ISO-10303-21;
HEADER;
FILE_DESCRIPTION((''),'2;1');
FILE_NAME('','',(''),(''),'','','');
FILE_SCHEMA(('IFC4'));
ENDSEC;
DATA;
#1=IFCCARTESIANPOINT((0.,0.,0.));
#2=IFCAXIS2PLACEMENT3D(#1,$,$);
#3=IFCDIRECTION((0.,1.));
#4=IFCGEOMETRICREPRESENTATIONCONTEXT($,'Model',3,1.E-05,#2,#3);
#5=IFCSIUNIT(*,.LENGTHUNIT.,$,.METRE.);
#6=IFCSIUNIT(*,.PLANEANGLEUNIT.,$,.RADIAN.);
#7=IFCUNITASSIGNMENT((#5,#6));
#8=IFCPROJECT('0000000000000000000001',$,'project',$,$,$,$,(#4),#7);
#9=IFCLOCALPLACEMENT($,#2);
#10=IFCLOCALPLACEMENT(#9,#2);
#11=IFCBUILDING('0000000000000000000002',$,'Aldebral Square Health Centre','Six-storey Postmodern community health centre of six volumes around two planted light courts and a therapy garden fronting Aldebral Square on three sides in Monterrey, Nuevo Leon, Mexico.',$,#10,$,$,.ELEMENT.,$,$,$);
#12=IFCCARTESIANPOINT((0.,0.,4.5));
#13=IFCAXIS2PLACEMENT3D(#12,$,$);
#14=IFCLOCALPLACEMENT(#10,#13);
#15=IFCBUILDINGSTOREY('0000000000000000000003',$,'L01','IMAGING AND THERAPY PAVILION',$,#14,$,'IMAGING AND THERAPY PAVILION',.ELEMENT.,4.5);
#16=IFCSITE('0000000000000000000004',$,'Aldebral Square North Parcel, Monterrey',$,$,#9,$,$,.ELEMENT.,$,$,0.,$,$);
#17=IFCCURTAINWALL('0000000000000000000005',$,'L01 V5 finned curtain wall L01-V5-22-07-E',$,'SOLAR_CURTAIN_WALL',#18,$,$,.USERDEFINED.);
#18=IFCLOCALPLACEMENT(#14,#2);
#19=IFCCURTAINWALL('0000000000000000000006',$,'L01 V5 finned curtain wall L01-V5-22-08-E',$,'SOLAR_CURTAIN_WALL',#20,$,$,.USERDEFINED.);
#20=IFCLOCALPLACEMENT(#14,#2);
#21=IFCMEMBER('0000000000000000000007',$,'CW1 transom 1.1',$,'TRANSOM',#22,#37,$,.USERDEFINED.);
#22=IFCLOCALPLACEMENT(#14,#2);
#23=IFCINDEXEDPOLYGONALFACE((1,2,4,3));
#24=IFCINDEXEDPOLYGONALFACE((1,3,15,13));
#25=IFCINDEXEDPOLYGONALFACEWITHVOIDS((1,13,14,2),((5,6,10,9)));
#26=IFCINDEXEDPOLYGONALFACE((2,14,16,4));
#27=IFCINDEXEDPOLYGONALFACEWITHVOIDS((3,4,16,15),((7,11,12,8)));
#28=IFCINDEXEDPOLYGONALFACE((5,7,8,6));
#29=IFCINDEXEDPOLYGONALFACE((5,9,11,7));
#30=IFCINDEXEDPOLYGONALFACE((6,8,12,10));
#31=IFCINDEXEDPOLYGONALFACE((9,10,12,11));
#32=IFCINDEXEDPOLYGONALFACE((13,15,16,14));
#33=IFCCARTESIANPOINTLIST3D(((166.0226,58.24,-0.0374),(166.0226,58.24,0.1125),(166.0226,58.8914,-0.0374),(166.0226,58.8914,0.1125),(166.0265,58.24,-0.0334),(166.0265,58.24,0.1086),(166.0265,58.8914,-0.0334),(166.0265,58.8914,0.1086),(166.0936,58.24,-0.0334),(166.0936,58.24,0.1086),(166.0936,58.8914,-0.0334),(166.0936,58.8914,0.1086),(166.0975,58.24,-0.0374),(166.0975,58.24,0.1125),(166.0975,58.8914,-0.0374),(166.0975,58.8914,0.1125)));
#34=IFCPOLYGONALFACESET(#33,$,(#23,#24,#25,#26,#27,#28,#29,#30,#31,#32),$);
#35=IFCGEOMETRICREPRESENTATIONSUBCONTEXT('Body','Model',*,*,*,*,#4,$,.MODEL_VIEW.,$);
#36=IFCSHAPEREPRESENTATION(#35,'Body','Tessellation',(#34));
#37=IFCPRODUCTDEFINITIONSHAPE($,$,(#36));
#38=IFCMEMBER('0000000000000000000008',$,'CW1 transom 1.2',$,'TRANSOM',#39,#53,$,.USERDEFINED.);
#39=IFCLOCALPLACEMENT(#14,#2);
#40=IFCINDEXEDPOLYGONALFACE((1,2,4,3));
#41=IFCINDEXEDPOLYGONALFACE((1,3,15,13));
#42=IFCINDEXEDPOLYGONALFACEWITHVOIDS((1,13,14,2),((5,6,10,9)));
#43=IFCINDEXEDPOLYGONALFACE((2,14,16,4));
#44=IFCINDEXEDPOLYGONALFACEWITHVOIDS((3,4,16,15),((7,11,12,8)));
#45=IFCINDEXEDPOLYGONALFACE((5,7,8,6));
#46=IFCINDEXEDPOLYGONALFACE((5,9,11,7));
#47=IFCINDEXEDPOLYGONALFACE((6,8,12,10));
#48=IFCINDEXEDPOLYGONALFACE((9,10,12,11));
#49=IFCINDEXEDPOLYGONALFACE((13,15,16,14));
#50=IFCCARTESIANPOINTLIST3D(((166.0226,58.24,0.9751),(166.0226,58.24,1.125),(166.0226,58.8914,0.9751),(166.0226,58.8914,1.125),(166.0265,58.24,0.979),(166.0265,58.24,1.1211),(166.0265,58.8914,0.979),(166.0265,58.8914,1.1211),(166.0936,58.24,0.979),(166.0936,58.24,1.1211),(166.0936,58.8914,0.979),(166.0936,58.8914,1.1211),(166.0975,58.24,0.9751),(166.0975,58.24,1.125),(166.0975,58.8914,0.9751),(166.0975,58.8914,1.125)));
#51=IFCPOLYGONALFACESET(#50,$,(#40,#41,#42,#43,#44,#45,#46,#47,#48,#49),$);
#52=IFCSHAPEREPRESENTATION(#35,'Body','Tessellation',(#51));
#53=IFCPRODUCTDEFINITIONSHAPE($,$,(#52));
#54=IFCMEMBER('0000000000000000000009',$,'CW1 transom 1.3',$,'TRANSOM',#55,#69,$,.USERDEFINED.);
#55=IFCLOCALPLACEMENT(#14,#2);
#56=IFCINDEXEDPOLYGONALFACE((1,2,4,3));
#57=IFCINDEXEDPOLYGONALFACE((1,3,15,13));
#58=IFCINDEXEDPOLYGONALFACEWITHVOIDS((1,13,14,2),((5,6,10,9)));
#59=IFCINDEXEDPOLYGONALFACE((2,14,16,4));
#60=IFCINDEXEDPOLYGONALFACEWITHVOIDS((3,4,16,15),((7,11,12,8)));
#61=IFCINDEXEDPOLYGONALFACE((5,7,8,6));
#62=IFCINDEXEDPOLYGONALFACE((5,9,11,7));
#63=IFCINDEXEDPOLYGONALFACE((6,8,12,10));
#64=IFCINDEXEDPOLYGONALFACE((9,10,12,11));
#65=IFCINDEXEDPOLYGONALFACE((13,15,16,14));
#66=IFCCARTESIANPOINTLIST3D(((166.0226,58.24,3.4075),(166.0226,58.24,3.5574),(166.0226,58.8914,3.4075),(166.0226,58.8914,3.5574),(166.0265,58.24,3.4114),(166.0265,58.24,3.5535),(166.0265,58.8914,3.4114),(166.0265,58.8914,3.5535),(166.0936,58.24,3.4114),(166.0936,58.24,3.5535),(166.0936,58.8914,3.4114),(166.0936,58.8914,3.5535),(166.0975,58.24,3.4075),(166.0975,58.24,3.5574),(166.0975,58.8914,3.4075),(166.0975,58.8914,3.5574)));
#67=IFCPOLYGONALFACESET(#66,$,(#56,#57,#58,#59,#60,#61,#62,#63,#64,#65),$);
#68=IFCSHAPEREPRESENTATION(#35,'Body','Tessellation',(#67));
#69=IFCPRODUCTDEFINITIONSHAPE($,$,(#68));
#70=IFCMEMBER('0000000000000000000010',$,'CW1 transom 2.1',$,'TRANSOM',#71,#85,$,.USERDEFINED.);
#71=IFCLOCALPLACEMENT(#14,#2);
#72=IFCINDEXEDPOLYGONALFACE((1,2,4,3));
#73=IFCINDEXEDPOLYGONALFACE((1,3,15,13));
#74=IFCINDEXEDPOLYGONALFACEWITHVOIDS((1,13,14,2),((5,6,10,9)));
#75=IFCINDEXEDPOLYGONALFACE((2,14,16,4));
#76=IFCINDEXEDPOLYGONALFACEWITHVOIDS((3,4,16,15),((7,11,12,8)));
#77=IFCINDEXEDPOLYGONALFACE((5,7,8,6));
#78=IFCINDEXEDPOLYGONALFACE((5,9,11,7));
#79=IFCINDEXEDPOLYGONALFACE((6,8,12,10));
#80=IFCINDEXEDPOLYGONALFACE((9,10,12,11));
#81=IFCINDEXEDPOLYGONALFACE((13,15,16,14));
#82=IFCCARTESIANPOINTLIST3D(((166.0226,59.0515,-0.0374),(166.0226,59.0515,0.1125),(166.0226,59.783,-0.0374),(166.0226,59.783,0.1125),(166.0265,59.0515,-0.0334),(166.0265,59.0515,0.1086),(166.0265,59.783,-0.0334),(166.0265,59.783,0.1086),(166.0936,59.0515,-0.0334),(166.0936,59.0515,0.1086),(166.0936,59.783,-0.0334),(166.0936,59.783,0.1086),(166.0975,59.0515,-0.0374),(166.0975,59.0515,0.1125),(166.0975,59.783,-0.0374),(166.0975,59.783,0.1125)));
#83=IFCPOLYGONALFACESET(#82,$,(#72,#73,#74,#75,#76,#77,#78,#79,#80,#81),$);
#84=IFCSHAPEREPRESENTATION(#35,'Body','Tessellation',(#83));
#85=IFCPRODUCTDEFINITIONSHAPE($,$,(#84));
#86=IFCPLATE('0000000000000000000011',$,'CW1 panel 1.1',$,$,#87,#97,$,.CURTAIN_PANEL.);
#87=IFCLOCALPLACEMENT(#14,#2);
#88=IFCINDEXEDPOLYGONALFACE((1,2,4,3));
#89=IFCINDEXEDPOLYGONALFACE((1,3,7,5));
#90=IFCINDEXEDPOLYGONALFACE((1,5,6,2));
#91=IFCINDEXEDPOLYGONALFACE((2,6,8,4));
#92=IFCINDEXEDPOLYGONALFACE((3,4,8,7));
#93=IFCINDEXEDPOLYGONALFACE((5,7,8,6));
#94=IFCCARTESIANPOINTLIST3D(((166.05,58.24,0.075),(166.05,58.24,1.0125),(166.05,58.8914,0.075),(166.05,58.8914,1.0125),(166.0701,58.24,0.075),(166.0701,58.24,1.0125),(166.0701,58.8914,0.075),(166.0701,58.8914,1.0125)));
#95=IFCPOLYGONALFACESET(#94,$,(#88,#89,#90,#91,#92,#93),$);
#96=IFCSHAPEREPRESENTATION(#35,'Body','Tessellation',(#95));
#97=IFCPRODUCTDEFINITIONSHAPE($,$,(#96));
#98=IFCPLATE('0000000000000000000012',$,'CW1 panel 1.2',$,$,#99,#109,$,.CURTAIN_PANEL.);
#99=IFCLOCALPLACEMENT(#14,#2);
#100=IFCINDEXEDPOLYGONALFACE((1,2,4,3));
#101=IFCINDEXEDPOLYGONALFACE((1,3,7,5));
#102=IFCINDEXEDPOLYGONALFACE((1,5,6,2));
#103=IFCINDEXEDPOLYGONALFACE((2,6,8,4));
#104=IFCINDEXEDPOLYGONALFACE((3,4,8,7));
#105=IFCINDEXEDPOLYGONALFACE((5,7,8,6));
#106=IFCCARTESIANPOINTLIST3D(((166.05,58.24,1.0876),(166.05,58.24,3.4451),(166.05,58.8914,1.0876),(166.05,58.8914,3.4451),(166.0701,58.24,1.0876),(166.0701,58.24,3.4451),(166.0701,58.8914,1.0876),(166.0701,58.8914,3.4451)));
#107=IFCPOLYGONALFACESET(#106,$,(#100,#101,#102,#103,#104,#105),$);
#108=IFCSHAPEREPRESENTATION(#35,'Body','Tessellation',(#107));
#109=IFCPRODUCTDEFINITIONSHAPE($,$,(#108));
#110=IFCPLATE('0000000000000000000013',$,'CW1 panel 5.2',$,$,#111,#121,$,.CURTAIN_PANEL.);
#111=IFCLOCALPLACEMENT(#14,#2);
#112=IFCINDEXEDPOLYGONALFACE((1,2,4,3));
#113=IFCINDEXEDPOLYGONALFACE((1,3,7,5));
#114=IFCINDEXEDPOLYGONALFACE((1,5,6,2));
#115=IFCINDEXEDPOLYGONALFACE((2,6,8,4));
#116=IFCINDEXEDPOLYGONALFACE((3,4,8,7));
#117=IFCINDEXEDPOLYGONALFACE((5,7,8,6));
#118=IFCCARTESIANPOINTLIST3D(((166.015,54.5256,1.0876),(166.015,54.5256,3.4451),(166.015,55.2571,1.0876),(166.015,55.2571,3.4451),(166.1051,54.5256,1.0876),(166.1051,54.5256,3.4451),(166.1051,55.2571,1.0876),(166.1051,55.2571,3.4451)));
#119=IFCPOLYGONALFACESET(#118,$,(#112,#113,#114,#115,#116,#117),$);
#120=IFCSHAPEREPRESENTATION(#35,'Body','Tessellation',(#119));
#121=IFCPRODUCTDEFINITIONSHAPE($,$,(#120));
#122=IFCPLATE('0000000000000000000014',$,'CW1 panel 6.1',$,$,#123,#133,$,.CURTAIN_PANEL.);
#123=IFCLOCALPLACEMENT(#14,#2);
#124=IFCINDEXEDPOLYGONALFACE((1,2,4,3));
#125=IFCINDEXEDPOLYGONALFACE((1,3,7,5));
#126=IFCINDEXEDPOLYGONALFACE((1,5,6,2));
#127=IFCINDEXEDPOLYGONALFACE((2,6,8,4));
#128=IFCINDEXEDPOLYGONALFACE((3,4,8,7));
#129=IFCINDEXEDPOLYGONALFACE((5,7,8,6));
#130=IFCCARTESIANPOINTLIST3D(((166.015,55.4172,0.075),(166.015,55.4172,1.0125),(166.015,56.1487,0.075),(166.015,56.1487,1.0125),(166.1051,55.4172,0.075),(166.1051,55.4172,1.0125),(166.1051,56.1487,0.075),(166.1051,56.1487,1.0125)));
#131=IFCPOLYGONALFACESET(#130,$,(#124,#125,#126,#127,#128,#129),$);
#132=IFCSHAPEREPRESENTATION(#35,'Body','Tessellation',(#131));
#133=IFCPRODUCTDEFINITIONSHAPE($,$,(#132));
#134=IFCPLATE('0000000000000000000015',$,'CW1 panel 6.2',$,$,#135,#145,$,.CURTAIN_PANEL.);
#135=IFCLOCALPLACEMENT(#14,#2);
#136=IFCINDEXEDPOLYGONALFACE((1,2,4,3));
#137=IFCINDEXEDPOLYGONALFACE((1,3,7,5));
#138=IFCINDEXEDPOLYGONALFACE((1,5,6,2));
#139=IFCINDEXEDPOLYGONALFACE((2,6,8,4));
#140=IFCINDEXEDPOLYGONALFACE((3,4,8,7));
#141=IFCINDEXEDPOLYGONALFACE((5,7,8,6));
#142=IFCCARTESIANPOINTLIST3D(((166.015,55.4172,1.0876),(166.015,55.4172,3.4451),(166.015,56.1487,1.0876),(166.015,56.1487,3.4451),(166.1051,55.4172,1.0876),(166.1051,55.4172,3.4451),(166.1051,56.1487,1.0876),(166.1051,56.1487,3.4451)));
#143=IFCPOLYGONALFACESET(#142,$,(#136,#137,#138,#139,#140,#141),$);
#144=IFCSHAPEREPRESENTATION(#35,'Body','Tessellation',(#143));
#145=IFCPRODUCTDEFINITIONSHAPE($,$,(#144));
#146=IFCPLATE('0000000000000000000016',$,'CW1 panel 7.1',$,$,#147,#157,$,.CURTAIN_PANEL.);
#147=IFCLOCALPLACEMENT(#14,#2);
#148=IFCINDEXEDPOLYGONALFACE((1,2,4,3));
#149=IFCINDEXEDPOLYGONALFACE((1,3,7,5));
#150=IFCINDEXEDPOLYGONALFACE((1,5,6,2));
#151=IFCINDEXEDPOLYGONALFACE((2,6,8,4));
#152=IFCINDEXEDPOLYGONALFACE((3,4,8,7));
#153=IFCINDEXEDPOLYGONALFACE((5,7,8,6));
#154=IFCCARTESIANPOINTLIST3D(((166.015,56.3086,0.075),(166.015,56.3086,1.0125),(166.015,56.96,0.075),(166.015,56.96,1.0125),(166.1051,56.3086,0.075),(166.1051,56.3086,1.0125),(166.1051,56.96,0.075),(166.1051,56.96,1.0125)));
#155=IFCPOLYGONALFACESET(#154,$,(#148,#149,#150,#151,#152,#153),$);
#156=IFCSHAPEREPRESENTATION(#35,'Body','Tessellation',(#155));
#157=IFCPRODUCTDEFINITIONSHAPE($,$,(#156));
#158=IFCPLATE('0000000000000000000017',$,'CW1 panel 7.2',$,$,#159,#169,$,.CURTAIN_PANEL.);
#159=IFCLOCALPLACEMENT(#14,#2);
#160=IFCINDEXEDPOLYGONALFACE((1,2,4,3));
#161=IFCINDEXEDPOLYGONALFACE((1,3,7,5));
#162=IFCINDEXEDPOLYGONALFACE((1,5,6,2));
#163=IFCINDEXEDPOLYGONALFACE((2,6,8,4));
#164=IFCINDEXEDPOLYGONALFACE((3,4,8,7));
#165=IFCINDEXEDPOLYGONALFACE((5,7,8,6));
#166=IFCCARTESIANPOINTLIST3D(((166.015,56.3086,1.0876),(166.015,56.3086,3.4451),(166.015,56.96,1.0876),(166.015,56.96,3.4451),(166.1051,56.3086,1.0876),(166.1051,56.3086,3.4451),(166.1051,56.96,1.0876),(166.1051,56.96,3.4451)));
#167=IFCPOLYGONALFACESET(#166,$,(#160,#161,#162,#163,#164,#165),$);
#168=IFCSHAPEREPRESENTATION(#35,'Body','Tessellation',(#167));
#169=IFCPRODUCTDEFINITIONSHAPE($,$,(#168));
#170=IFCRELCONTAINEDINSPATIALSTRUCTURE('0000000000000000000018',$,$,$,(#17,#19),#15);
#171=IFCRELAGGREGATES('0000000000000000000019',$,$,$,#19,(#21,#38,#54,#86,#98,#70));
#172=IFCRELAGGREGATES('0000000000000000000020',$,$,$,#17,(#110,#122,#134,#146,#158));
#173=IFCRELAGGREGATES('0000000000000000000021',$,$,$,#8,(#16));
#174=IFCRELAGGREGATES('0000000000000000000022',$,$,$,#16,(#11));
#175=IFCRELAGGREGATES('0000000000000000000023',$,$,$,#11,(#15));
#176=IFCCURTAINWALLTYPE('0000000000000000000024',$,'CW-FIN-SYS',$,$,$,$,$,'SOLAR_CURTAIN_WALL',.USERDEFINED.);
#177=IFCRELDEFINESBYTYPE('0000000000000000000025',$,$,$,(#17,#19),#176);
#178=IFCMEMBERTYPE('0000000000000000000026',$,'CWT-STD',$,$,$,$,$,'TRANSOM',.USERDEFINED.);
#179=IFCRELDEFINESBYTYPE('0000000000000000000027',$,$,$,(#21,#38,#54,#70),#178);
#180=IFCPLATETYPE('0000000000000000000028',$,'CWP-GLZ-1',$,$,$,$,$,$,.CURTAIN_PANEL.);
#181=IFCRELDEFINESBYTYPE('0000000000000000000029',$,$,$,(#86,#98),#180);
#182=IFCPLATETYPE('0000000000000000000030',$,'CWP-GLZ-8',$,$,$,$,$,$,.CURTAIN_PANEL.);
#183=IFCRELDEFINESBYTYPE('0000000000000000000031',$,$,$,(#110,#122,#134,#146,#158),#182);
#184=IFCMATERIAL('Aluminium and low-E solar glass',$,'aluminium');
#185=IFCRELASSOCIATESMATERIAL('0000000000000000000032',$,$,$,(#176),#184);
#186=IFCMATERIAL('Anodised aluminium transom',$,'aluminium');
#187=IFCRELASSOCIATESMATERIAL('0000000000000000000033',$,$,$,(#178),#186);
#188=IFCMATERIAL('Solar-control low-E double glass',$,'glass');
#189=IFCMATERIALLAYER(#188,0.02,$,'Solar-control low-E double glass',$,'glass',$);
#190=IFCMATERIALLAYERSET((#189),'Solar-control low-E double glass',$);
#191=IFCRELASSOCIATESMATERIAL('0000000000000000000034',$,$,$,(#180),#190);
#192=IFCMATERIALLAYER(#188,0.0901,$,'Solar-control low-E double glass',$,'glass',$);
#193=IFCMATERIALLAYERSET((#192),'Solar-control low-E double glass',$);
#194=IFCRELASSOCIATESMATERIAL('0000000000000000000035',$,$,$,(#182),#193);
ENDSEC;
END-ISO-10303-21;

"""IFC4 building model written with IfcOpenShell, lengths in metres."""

from ifc_helpers import new_model, si_unit, direction, frame, origin, origin_2d, place, context, subcontext, project, spatial, rectangle, hollow_rectangle, extrude, material, layer, layer_set, material_profile, profile_set, type_object, element, aggregate, save


model = new_model("IFC4")

# Units and contexts
model_context = context("Model", 3, precision=1e-05, world=origin(), true_north=direction((0.0, 1.0)))
body_context = subcontext(model_context, "Body", "Model", "MODEL_VIEW")
ifc_project = project(units=[si_unit("LENGTHUNIT", "METRE"), si_unit("PLANEANGLEUNIT", "RADIAN")], contexts=[model_context])

# Site, building, storey
site_placement = place(None, origin())
site = spatial("IfcSite", under=ifc_project, at=site_placement, Name="Aldebral Square North Parcel, Monterrey", CompositionType="ELEMENT", RefElevation=0.0)
building_placement = place(site_placement, origin())
building = spatial("IfcBuilding", under=site, at=building_placement, Name="Aldebral Square Health Centre", Description="Six-storey Postmodern community health centre of six volumes around two planted light courts and a therapy garden fronting Aldebral Square on three sides in Monterrey, Nuevo Leon, Mexico.", CompositionType="ELEMENT")
storey_placement = place(building_placement, frame((0.0, 0.0, 4.5)))
storey = spatial("IfcBuildingStorey", under=building, at=storey_placement, Name="L01", Description="IMAGING AND THERAPY PAVILION", LongName="IMAGING AND THERAPY PAVILION", CompositionType="ELEMENT", Elevation=4.5)

# Curtain walls
ifc_material_1 = material(Name="Aluminium and low-E solar glass", Category="aluminium")
curtain_wall_type = type_object("IfcCurtainWallType", Name="CW-FIN-SYS", ElementType="SOLAR_CURTAIN_WALL", PredefinedType="USERDEFINED", material=ifc_material_1)
curtain_wall_1_placement = place(storey_placement, origin())
curtain_wall_1 = element("IfcCurtainWall", 1, at=curtain_wall_1_placement, inside=storey, type_object=curtain_wall_type, Name="L01 V5 finned curtain wall L01-V5-22-07-E", ObjectType="SOLAR_CURTAIN_WALL", PredefinedType="USERDEFINED")
curtain_wall_2_placement = place(storey_placement, origin())
curtain_wall_2 = element("IfcCurtainWall", 2, at=curtain_wall_2_placement, inside=storey, type_object=curtain_wall_type, Name="L01 V5 finned curtain wall L01-V5-22-08-E", ObjectType="SOLAR_CURTAIN_WALL", PredefinedType="USERDEFINED")

# Members
ifc_material_2 = material(Name="Anodised aluminium transom", Category="aluminium")
ifc_material_profile_1 = material_profile(ifc_material_2, hollow_rectangle(XDim=0.075, YDim=0.1499, WallThickness=0.0039, at=origin_2d()), Name="CWT 75x150x4")
ifc_profile_set_1 = profile_set([ifc_material_profile_1], Name="Anodised aluminium transom")
member_type_1 = type_object("IfcMemberType", Name="CWT-STD", ElementType="TRANSOM", PredefinedType="USERDEFINED", material=ifc_profile_set_1)
member_1_placement = place(storey_placement, frame((166.0601, 58.24, 0.0376), z_axis=(0.0, 1.0, 0.0), x_axis=(-1.0, 0.0, 0.0)))
member_1 = element("IfcMember", 3, at=member_1_placement, type_object=member_type_1, Name="CW1 transom 1.1", ObjectType="TRANSOM", PredefinedType="USERDEFINED", context=body_context, shape_type="SweptSolid", body=[
    extrude(hollow_rectangle(XDim=0.075, YDim=0.1499, WallThickness=0.0039, at=origin_2d()), origin(), (0.0, 0.0, 1.0), 0.6514),
])
member_2_placement = place(storey_placement, frame((166.0601, 58.24, 1.05), z_axis=(0.0, 1.0, 0.0), x_axis=(-1.0, 0.0, 0.0)))
member_2 = element("IfcMember", 4, at=member_2_placement, type_object=member_type_1, Name="CW1 transom 1.2", ObjectType="TRANSOM", PredefinedType="USERDEFINED", context=body_context, shape_type="SweptSolid", body=[
    extrude(hollow_rectangle(XDim=0.075, YDim=0.1499, WallThickness=0.0039, at=origin_2d()), origin(), (0.0, 0.0, 1.0), 0.6514),
])
member_3_placement = place(storey_placement, frame((166.0601, 58.24, 3.4824), z_axis=(0.0, 1.0, 0.0), x_axis=(-1.0, 0.0, 0.0)))
member_3 = element("IfcMember", 5, at=member_3_placement, type_object=member_type_1, Name="CW1 transom 1.3", ObjectType="TRANSOM", PredefinedType="USERDEFINED", context=body_context, shape_type="SweptSolid", body=[
    extrude(hollow_rectangle(XDim=0.075, YDim=0.1499, WallThickness=0.0039, at=origin_2d()), origin(), (0.0, 0.0, 1.0), 0.6514),
])
member_4_placement = place(storey_placement, frame((166.0601, 59.0515, 0.0376), z_axis=(0.0, 1.0, 0.0), x_axis=(-1.0, 0.0, 0.0)))
member_4 = element("IfcMember", 6, at=member_4_placement, type_object=member_type_1, Name="CW1 transom 2.1", ObjectType="TRANSOM", PredefinedType="USERDEFINED", context=body_context, shape_type="SweptSolid", body=[
    extrude(hollow_rectangle(XDim=0.075, YDim=0.1499, WallThickness=0.0039, at=origin_2d()), origin(), (0.0, 0.0, 1.0), 0.7314),
])

# Plates
ifc_material_3 = material(Name="Solar-control low-E double glass", Category="glass")
ifc_layer_1 = layer(ifc_material_3, 0.02, Name="Solar-control low-E double glass", Category="glass")
ifc_layer_set_1 = layer_set([ifc_layer_1], Name="Solar-control low-E double glass")
plate_type_1 = type_object("IfcPlateType", Name="CWP-GLZ-1", PredefinedType="CURTAIN_PANEL", material=ifc_layer_set_1)
plate_1_placement = place(storey_placement, frame((166.0601, 58.5657, 0.075), z_axis=(0.0, 0.0, 1.0), x_axis=(0.0, 1.0, 0.0)))
plate_1 = element("IfcPlate", 7, at=plate_1_placement, type_object=plate_type_1, Name="CW1 panel 1.1", PredefinedType="CURTAIN_PANEL", context=body_context, shape_type="SweptSolid", body=[
    extrude(rectangle(XDim=0.6514, YDim=0.02, at=origin_2d()), origin(), (0.0, 0.0, 1.0), 0.9375),
])
plate_2_placement = place(storey_placement, frame((166.0601, 58.5657, 1.0876), z_axis=(0.0, 0.0, 1.0), x_axis=(0.0, 1.0, 0.0)))
plate_2 = element("IfcPlate", 8, at=plate_2_placement, type_object=plate_type_1, Name="CW1 panel 1.2", PredefinedType="CURTAIN_PANEL", context=body_context, shape_type="SweptSolid", body=[
    extrude(rectangle(XDim=0.6514, YDim=0.02, at=origin_2d()), origin(), (0.0, 0.0, 1.0), 2.3574),
])
aggregate(curtain_wall_2, [member_1, member_2, member_3, plate_1, plate_2, member_4])
ifc_layer_2 = layer(ifc_material_3, 0.0901, Name="Solar-control low-E double glass", Category="glass")
ifc_layer_set_2 = layer_set([ifc_layer_2], Name="Solar-control low-E double glass")
plate_type_2 = type_object("IfcPlateType", Name="CWP-GLZ-8", PredefinedType="CURTAIN_PANEL", material=ifc_layer_set_2)
plate_3_placement = place(storey_placement, frame((166.0601, 54.8914, 1.0876), z_axis=(0.0, 0.0, 1.0), x_axis=(0.0, 1.0, 0.0)))
plate_3 = element("IfcPlate", 9, at=plate_3_placement, type_object=plate_type_2, Name="CW1 panel 5.2", PredefinedType="CURTAIN_PANEL", context=body_context, shape_type="SweptSolid", body=[
    extrude(rectangle(XDim=0.7314, YDim=0.0901, at=origin_2d()), origin(), (0.0, 0.0, 1.0), 2.3574),
])
plate_4_placement = place(storey_placement, frame((166.0601, 55.783, 0.075), z_axis=(0.0, 0.0, 1.0), x_axis=(0.0, 1.0, 0.0)))
plate_4 = element("IfcPlate", 10, at=plate_4_placement, type_object=plate_type_2, Name="CW1 panel 6.1", PredefinedType="CURTAIN_PANEL", context=body_context, shape_type="SweptSolid", body=[
    extrude(rectangle(XDim=0.7314, YDim=0.0901, at=origin_2d()), origin(), (0.0, 0.0, 1.0), 0.9375),
])
plate_5_placement = place(storey_placement, frame((166.0601, 55.783, 1.0876), z_axis=(0.0, 0.0, 1.0), x_axis=(0.0, 1.0, 0.0)))
plate_5 = element("IfcPlate", 11, at=plate_5_placement, type_object=plate_type_2, Name="CW1 panel 6.2", PredefinedType="CURTAIN_PANEL", context=body_context, shape_type="SweptSolid", body=[
    extrude(rectangle(XDim=0.7314, YDim=0.0901, at=origin_2d()), origin(), (0.0, 0.0, 1.0), 2.3574),
])
plate_6_placement = place(storey_placement, frame((166.0601, 56.6343, 0.075), z_axis=(0.0, 0.0, 1.0), x_axis=(0.0, 1.0, 0.0)))
plate_6 = element("IfcPlate", 12, at=plate_6_placement, type_object=plate_type_2, Name="CW1 panel 7.1", PredefinedType="CURTAIN_PANEL", context=body_context, shape_type="SweptSolid", body=[
    extrude(rectangle(XDim=0.6514, YDim=0.0901, at=origin_2d()), origin(), (0.0, 0.0, 1.0), 0.9375),
])
plate_7_placement = place(storey_placement, frame((166.0601, 56.6343, 1.0876), z_axis=(0.0, 0.0, 1.0), x_axis=(0.0, 1.0, 0.0)))
plate_7 = element("IfcPlate", 13, at=plate_7_placement, type_object=plate_type_2, Name="CW1 panel 7.2", PredefinedType="CURTAIN_PANEL", context=body_context, shape_type="SweptSolid", body=[
    extrude(rectangle(XDim=0.6514, YDim=0.0901, at=origin_2d()), origin(), (0.0, 0.0, 1.0), 2.3574),
])
aggregate(curtain_wall_1, [plate_3, plate_4, plate_5, plate_6, plate_7])

save(model, "model.ifc")
